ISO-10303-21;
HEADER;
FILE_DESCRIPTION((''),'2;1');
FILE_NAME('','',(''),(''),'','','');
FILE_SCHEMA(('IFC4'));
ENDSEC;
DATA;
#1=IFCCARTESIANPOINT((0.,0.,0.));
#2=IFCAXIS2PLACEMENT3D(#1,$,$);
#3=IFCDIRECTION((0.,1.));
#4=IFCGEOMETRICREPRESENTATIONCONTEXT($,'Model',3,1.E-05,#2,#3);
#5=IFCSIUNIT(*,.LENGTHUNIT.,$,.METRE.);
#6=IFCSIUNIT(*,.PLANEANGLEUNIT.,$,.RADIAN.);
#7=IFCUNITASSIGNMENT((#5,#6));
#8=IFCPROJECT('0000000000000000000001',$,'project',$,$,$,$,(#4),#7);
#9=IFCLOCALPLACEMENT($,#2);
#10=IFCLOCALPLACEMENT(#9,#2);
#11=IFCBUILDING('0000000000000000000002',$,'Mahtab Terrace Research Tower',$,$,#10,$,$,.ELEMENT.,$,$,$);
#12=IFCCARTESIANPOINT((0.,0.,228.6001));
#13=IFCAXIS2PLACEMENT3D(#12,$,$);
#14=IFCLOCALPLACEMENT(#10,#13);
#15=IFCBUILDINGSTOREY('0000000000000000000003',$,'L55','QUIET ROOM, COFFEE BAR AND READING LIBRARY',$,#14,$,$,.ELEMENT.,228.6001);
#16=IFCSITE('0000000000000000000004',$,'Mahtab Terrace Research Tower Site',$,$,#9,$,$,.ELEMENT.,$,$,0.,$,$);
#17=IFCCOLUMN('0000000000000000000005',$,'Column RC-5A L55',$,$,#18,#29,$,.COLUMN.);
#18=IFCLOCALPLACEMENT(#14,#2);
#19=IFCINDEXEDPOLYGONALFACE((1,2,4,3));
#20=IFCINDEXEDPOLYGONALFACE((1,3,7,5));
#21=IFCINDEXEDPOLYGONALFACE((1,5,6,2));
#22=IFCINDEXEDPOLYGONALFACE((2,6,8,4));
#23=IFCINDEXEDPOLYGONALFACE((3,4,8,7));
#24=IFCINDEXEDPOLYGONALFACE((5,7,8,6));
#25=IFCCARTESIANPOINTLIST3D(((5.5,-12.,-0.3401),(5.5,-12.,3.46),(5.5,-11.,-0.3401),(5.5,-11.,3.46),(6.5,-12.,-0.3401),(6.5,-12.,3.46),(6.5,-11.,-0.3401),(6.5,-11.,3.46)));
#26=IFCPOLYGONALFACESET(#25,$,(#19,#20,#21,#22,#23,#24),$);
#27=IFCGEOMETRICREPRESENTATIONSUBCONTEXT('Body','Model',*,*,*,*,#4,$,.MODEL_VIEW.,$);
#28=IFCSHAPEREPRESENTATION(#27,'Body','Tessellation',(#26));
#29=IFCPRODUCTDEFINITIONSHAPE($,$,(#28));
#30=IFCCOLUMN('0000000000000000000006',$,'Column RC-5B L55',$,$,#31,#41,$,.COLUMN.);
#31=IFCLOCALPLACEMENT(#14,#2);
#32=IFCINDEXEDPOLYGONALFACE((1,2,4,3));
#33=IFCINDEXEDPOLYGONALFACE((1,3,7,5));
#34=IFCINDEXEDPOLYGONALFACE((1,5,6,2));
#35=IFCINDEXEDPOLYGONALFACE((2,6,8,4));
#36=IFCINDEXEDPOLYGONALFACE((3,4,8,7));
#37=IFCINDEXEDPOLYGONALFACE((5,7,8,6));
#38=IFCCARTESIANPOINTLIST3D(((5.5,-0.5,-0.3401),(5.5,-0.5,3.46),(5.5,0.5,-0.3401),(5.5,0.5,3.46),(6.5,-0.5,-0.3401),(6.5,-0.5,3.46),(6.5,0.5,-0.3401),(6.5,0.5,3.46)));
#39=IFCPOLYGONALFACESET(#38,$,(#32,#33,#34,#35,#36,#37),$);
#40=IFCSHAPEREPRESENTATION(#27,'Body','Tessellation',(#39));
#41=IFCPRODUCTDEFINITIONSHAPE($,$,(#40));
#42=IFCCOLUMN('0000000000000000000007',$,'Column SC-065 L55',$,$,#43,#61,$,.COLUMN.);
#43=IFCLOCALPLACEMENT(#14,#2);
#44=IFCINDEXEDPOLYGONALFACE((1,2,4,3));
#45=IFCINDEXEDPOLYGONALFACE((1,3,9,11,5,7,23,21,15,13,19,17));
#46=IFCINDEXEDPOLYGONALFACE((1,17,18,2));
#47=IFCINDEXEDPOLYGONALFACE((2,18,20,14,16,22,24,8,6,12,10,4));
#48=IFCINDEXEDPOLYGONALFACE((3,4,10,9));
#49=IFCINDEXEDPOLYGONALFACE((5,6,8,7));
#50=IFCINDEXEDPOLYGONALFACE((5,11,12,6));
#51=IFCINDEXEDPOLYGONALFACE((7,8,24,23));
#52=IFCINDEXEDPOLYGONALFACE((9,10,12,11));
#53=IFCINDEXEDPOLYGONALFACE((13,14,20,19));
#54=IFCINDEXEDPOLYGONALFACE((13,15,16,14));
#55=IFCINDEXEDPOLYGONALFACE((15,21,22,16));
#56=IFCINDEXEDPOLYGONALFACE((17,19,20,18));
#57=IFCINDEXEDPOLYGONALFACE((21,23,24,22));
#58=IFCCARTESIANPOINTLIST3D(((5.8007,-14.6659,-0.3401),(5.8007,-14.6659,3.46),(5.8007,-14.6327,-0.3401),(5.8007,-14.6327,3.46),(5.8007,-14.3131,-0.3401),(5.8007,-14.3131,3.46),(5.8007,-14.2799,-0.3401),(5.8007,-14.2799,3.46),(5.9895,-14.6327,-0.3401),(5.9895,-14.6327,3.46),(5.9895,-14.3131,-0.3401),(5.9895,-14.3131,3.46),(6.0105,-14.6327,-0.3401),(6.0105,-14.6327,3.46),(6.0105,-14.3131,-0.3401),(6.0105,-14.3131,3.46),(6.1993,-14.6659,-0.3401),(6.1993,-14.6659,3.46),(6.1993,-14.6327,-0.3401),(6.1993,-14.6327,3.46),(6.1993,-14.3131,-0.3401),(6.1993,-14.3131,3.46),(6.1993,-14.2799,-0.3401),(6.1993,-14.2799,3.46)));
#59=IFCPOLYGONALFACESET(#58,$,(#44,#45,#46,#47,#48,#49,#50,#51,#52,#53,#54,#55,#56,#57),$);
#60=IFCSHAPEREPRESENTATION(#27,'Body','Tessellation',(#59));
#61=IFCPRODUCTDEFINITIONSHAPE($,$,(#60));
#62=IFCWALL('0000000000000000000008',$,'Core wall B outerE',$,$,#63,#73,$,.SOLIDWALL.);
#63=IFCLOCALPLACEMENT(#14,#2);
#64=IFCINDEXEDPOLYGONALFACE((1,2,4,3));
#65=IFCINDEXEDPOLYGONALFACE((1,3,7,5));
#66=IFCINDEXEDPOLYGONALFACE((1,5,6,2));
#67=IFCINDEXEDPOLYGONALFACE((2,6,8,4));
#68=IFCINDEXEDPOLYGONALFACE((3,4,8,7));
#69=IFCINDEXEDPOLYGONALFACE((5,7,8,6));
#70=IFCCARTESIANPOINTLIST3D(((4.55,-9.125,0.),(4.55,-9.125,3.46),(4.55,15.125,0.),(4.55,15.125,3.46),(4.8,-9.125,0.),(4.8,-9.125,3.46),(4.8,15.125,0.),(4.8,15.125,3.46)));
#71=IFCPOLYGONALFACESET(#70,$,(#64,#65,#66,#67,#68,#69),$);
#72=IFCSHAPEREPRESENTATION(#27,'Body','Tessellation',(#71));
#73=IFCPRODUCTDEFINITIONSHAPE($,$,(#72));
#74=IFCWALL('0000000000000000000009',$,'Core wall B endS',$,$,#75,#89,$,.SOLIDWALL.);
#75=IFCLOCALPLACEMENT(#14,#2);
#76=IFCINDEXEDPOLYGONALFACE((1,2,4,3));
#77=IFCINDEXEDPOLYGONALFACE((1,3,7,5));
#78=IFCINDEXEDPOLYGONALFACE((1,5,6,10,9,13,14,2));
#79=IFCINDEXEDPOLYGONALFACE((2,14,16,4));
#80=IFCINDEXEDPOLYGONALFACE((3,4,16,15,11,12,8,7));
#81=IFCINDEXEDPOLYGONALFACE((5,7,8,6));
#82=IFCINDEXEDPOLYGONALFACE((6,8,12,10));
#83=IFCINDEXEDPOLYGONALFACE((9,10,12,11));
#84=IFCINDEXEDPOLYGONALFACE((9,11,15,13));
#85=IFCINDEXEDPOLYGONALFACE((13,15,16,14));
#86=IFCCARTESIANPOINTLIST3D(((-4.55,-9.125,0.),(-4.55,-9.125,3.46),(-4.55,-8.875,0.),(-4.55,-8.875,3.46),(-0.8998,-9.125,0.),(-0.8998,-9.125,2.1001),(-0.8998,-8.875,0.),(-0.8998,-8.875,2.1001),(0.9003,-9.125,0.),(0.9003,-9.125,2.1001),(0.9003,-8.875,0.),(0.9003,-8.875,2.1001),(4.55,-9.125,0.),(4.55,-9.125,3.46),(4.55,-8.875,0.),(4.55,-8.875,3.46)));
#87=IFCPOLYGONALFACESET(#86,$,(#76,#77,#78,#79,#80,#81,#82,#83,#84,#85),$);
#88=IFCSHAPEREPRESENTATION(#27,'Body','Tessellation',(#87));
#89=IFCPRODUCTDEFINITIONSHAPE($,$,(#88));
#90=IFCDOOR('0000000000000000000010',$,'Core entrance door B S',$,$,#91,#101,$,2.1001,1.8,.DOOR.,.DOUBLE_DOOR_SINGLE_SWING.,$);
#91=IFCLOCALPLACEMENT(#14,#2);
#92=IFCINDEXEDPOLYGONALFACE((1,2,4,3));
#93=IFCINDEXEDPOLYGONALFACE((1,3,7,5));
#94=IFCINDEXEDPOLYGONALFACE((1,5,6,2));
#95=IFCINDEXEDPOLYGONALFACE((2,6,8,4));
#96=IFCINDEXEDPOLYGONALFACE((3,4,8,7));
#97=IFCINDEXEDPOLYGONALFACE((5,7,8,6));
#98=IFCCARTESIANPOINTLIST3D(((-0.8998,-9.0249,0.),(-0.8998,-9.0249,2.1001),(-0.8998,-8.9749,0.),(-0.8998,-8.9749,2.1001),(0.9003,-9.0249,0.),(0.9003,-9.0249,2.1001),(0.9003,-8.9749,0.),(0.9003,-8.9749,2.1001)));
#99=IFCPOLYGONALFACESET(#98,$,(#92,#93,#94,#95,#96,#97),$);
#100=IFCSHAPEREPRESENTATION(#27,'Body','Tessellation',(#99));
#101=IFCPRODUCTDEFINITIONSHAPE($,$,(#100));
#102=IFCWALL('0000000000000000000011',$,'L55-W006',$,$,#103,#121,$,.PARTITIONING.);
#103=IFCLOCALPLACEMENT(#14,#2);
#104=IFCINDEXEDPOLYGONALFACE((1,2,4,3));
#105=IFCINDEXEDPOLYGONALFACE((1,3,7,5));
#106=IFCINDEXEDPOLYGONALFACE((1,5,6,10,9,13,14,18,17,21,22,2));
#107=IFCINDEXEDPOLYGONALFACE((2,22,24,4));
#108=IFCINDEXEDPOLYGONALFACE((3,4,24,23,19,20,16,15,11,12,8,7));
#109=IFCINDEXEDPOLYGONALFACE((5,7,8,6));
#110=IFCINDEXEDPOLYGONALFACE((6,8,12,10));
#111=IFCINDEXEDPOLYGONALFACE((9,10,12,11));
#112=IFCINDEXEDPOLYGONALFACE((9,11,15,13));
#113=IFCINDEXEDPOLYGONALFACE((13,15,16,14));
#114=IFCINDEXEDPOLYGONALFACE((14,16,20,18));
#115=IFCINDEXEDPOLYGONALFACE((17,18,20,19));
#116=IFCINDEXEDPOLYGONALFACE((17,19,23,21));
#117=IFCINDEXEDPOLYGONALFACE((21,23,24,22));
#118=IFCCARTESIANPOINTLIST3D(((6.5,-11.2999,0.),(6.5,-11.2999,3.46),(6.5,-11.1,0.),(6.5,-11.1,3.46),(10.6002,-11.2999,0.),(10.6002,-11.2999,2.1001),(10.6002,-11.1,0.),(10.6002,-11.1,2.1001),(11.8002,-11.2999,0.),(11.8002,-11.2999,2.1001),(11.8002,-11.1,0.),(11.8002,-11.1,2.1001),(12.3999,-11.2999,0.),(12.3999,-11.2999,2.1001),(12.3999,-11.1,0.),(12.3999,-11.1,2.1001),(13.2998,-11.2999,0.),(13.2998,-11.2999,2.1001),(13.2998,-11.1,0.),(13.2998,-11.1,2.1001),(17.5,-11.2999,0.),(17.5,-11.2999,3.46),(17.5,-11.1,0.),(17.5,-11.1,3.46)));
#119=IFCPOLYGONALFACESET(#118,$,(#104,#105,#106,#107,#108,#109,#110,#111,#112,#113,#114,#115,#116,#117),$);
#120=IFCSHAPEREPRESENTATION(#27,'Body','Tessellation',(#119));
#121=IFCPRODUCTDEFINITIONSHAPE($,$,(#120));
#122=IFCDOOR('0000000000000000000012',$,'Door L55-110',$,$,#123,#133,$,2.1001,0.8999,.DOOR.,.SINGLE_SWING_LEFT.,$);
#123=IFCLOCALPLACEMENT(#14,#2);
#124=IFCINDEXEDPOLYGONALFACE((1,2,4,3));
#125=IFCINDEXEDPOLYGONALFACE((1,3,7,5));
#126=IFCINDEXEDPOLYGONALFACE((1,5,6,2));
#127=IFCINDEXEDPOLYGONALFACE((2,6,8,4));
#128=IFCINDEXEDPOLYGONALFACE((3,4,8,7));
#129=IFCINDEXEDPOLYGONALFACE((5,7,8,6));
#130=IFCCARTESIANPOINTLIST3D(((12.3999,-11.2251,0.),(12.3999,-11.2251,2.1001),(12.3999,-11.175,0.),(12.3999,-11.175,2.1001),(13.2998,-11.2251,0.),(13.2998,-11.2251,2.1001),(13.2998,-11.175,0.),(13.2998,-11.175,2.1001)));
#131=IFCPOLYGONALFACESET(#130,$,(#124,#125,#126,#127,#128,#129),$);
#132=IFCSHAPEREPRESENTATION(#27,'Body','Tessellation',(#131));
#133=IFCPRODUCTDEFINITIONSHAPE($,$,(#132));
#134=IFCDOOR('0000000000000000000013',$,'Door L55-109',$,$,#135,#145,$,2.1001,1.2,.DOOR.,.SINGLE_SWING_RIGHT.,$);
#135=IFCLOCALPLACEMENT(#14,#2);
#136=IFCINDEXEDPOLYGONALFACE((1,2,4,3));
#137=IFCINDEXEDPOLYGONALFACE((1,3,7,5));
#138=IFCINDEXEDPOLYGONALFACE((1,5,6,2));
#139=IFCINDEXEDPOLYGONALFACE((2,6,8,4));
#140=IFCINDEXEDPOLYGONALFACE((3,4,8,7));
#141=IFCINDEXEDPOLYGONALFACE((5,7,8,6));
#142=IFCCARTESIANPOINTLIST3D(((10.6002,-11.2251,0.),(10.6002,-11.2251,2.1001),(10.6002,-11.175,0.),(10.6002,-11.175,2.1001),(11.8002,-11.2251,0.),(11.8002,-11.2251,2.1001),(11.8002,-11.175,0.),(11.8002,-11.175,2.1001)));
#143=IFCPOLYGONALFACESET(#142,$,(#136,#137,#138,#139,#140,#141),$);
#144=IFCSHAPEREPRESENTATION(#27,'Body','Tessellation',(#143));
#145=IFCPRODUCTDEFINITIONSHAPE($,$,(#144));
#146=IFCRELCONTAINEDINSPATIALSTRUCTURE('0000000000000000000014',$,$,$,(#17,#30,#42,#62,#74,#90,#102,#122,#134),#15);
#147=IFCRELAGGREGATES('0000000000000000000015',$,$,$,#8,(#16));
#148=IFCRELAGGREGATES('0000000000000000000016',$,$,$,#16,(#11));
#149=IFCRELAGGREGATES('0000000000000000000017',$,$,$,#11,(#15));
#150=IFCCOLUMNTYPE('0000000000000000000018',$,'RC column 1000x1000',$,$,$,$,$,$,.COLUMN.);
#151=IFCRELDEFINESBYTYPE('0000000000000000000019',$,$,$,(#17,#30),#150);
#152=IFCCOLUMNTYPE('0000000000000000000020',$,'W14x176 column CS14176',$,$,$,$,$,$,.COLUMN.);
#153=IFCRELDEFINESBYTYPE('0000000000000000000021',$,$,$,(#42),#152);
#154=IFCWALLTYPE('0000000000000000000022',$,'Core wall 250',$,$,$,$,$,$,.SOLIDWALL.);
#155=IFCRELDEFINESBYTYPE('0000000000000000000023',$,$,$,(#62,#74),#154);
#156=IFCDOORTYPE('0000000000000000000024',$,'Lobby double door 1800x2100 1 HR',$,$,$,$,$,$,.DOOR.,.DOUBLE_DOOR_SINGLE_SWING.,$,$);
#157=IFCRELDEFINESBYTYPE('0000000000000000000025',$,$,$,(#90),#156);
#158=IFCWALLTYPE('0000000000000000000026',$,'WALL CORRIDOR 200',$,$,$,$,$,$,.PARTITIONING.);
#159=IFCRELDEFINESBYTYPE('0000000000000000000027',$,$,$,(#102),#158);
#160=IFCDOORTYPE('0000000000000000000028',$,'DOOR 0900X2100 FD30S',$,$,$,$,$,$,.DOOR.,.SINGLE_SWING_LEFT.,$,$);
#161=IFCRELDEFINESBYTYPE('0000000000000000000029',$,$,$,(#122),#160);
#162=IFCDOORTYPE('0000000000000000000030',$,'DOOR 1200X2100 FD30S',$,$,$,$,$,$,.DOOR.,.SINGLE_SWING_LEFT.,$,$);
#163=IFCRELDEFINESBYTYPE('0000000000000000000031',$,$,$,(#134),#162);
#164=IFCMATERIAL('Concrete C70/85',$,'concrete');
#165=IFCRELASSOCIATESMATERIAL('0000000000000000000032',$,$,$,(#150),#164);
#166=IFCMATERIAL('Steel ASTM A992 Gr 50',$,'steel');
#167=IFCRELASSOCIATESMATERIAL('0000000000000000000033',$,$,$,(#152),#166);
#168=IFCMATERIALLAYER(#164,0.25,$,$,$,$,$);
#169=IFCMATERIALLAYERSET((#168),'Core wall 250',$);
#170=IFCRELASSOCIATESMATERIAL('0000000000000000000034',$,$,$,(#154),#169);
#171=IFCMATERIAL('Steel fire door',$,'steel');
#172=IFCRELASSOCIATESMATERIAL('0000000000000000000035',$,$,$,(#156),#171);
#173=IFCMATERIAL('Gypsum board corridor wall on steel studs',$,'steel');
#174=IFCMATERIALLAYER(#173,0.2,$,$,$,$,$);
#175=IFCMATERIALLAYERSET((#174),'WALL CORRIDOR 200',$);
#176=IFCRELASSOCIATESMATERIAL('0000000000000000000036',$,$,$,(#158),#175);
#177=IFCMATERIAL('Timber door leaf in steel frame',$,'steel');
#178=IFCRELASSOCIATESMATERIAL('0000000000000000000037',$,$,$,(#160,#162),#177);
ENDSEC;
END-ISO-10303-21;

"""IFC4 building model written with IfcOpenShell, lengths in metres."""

from ifc_helpers import new_model, si_unit, direction, frame, frame_2d, origin, origin_2d, place, context, subcontext, project, spatial, rectangle, i_section, extrude, material, layer, layer_set, material_profile, profile_set, type_object, element, fill, save


model = new_model("IFC4")

# Units and contexts
model_context = context("Model", 3, precision=1e-05, world=origin(), true_north=direction((0.0, 1.0)))
body_context = subcontext(model_context, "Body", "Model", "MODEL_VIEW")
ifc_project = project(units=[si_unit("LENGTHUNIT", "METRE"), si_unit("PLANEANGLEUNIT", "RADIAN")], contexts=[model_context])

# Site, building, storey
site_placement = place(None, origin())
site = spatial("IfcSite", under=ifc_project, at=site_placement, Name="Mahtab Terrace Research Tower Site", CompositionType="ELEMENT", RefElevation=0.0)
building_placement = place(site_placement, origin())
building = spatial("IfcBuilding", under=site, at=building_placement, Name="Mahtab Terrace Research Tower", CompositionType="ELEMENT")
storey_placement = place(building_placement, frame((0.0, 0.0, 228.6001)))
storey = spatial("IfcBuildingStorey", under=building, at=storey_placement, Name="L55", Description="QUIET ROOM, COFFEE BAR AND READING LIBRARY", CompositionType="ELEMENT", Elevation=228.6001)

# Columns
ifc_material_1 = material(Name="Concrete C70/85", Category="concrete")
ifc_material_profile_1 = material_profile(ifc_material_1, rectangle(XDim=1.0, YDim=1.0, at=origin_2d()), Name="RC column 1000x1000")
ifc_profile_set_1 = profile_set([ifc_material_profile_1], Name="Concrete C70/85")
column_type_1 = type_object("IfcColumnType", Name="RC column 1000x1000", PredefinedType="COLUMN", material=ifc_profile_set_1)
for number, where, z_axis, x_axis, name in (
    (1, (6.0, -11.5, -0.3401), (0.0, 0.0, 1.0), (1.0, 0.0, 0.0), "Column RC-5A L55"),
    (2, (6.0, 0.0, -0.3401), (0.0, 0.0, 1.0), (1.0, 0.0, 0.0), "Column RC-5B L55"),
):
    element("IfcColumn", number, at=place(storey_placement, frame(where, z_axis=z_axis, x_axis=x_axis)), inside=storey, type_object=column_type_1, Name=name, PredefinedType="COLUMN", context=body_context, shape_type="SweptSolid", body=[
        extrude(rectangle(XDim=1.0, YDim=1.0, at=origin_2d()), origin(), (0.0, 0.0, 1.0), 3.8),
    ])
ifc_material_2 = material(Name="Steel ASTM A992 Gr 50", Category="steel")
ifc_material_profile_2 = material_profile(ifc_material_2, i_section(OverallWidth=0.3987, OverallDepth=0.386, WebThickness=0.021, FlangeThickness=0.0332, at=origin_2d()), Name="W14X176")
ifc_profile_set_2 = profile_set([ifc_material_profile_2], Name="Steel ASTM A992 Gr 50")
column_type_2 = type_object("IfcColumnType", Name="W14x176 column CS14176", PredefinedType="COLUMN", material=ifc_profile_set_2)
column_placement = place(storey_placement, frame((6.0, -14.4729, -0.3401), z_axis=(0.0, 0.0, 1.0), x_axis=(1.0, 0.0, 0.0)))
element("IfcColumn", 3, at=column_placement, inside=storey, type_object=column_type_2, Name="Column SC-065 L55", PredefinedType="COLUMN", context=body_context, shape_type="SweptSolid", body=[
    extrude(i_section(OverallWidth=0.3987, OverallDepth=0.386, WebThickness=0.021, FlangeThickness=0.0332, at=origin_2d()), origin(), (0.0, 0.0, 1.0), 3.8),
])

# Wall
ifc_layer_1 = layer(ifc_material_1, 0.25)
ifc_layer_set_1 = layer_set([ifc_layer_1], Name="Core wall 250")
wall_type_1 = type_object("IfcWallType", Name="Core wall 250", PredefinedType="SOLIDWALL", material=ifc_layer_set_1)
wall_1_placement = place(storey_placement, frame((4.675, -9.125, 0.0), z_axis=(0.0, 0.0, 1.0), x_axis=(0.0, 1.0, 0.0)))
element("IfcWall", 4, at=wall_1_placement, inside=storey, type_object=wall_type_1, Name="Core wall B outerE", PredefinedType="SOLIDWALL", context=body_context, shape_type="SweptSolid", body=[
    extrude(rectangle(XDim=24.25, YDim=0.25, at=frame_2d((12.125, 0.0))), origin(), (0.0, 0.0, 1.0), 3.46),
])

# Wall, opening, door
wall_2_placement = place(storey_placement, frame((4.55, -9.0, 0.0), z_axis=(0.0, 0.0, 1.0), x_axis=(-1.0, 0.0, 0.0)))
wall_2 = element("IfcWall", 5, at=wall_2_placement, inside=storey, type_object=wall_type_1, Name="Core wall B endS", PredefinedType="SOLIDWALL", context=body_context, shape_type="SweptSolid", body=[
    extrude(rectangle(XDim=9.1001, YDim=0.25, at=frame_2d((4.55, 0.0))), origin(), (0.0, 0.0, 1.0), 3.46),
])
opening_1_placement = place(wall_2_placement, frame((3.6499, 0.0, 0.0)))
opening_1 = element("IfcOpeningElement", 6, at=opening_1_placement, cuts=wall_2, PredefinedType="OPENING", context=body_context, shape_type="SweptSolid", body=[
    extrude(rectangle(XDim=1.8, YDim=2.1001, at=frame_2d((0.8999, 1.05))), frame((0.0, 0.135, 0.0), z_axis=(0.0, -1.0, 0.0), x_axis=(1.0, 0.0, 0.0)), (0.0, 0.0, 1.0), 0.27),
])
ifc_material_3 = material(Name="Steel fire door", Category="steel")
door_type_1 = type_object("IfcDoorType", Name="Lobby double door 1800x2100 1 HR", OperationType="DOUBLE_DOOR_SINGLE_SWING", PredefinedType="DOOR", material=ifc_material_3)
door_1_placement = place(opening_1_placement, origin())
door_1 = element("IfcDoor", 7, at=door_1_placement, inside=storey, type_object=door_type_1, Name="Core entrance door B S", OperationType="DOUBLE_DOOR_SINGLE_SWING", OverallHeight=2.1001, OverallWidth=1.8, PredefinedType="DOOR", context=body_context, shape_type="SweptSolid", body=[
    extrude(rectangle(XDim=1.8, YDim=2.1001, at=frame_2d((0.8999, 1.05))), frame((0.0, 0.0249, 0.0), z_axis=(0.0, -1.0, 0.0), x_axis=(1.0, 0.0, 0.0)), (0.0, 0.0, 1.0), 0.05),
])
fill(opening_1, door_1)

# Wall, openings, doors
ifc_material_4 = material(Name="Gypsum board corridor wall on steel studs", Category="steel")
ifc_layer_2 = layer(ifc_material_4, 0.2)
ifc_layer_set_2 = layer_set([ifc_layer_2], Name="WALL CORRIDOR 200")
wall_type_2 = type_object("IfcWallType", Name="WALL CORRIDOR 200", PredefinedType="PARTITIONING", material=ifc_layer_set_2)
wall_3_placement = place(storey_placement, frame((6.5, -11.2, 0.0), z_axis=(0.0, 0.0, 1.0), x_axis=(1.0, 0.0, 0.0)))
wall_3 = element("IfcWall", 8, at=wall_3_placement, inside=storey, type_object=wall_type_2, Name="L55-W006", PredefinedType="PARTITIONING", context=body_context, shape_type="SweptSolid", body=[
    extrude(rectangle(XDim=11.0, YDim=0.2, at=frame_2d((5.5, 0.0))), origin(), (0.0, 0.0, 1.0), 3.46),
])
opening_2_placement = place(wall_3_placement, frame((4.1001, 0.0, 0.0)))
opening_2 = element("IfcOpeningElement", 9, at=opening_2_placement, cuts=wall_3, PredefinedType="OPENING", context=body_context, shape_type="SweptSolid", body=[
    extrude(rectangle(XDim=1.2, YDim=2.1001, at=frame_2d((0.6001, 1.05))), frame((0.0, 0.1099, 0.0), z_axis=(0.0, -1.0, 0.0), x_axis=(1.0, 0.0, 0.0)), (0.0, 0.0, 1.0), 0.22),
])
opening_3_placement = place(wall_3_placement, frame((5.8999, 0.0, 0.0)))
opening_3 = element("IfcOpeningElement", 10, at=opening_3_placement, cuts=wall_3, PredefinedType="OPENING", context=body_context, shape_type="SweptSolid", body=[
    extrude(rectangle(XDim=0.8999, YDim=2.1001, at=frame_2d((0.45, 1.05))), frame((0.0, 0.1099, 0.0), z_axis=(0.0, -1.0, 0.0), x_axis=(1.0, 0.0, 0.0)), (0.0, 0.0, 1.0), 0.22),
])
ifc_material_5 = material(Name="Timber door leaf in steel frame", Category="steel")
door_type_2 = type_object("IfcDoorType", Name="DOOR 0900X2100 FD30S", OperationType="SINGLE_SWING_LEFT", PredefinedType="DOOR", material=ifc_material_5)
door_2_placement = place(opening_3_placement, origin())
door_2 = element("IfcDoor", 11, at=door_2_placement, inside=storey, type_object=door_type_2, Name="Door L55-110", OperationType="SINGLE_SWING_LEFT", OverallHeight=2.1001, OverallWidth=0.8999, PredefinedType="DOOR", context=body_context, shape_type="SweptSolid", body=[
    extrude(rectangle(XDim=0.8999, YDim=2.1001, at=frame_2d((0.45, 1.05))), frame((0.0, 0.0249, 0.0), z_axis=(0.0, -1.0, 0.0), x_axis=(1.0, 0.0, 0.0)), (0.0, 0.0, 1.0), 0.05),
])
fill(opening_3, door_2)
door_type_3 = type_object("IfcDoorType", Name="DOOR 1200X2100 FD30S", OperationType="SINGLE_SWING_LEFT", PredefinedType="DOOR", material=ifc_material_5)
door_3_placement = place(opening_2_placement, origin())
door_3 = element("IfcDoor", 12, at=door_3_placement, inside=storey, type_object=door_type_3, Name="Door L55-109", OperationType="SINGLE_SWING_RIGHT", OverallHeight=2.1001, OverallWidth=1.2, PredefinedType="DOOR", context=body_context, shape_type="SweptSolid", body=[
    extrude(rectangle(XDim=1.2, YDim=2.1001, at=frame_2d((0.6001, 1.05))), frame((0.0, 0.0249, 0.0), z_axis=(0.0, -1.0, 0.0), x_axis=(1.0, 0.0, 0.0)), (0.0, 0.0, 1.0), 0.05),
])
fill(opening_2, door_3)

save(model, "model.ifc")
